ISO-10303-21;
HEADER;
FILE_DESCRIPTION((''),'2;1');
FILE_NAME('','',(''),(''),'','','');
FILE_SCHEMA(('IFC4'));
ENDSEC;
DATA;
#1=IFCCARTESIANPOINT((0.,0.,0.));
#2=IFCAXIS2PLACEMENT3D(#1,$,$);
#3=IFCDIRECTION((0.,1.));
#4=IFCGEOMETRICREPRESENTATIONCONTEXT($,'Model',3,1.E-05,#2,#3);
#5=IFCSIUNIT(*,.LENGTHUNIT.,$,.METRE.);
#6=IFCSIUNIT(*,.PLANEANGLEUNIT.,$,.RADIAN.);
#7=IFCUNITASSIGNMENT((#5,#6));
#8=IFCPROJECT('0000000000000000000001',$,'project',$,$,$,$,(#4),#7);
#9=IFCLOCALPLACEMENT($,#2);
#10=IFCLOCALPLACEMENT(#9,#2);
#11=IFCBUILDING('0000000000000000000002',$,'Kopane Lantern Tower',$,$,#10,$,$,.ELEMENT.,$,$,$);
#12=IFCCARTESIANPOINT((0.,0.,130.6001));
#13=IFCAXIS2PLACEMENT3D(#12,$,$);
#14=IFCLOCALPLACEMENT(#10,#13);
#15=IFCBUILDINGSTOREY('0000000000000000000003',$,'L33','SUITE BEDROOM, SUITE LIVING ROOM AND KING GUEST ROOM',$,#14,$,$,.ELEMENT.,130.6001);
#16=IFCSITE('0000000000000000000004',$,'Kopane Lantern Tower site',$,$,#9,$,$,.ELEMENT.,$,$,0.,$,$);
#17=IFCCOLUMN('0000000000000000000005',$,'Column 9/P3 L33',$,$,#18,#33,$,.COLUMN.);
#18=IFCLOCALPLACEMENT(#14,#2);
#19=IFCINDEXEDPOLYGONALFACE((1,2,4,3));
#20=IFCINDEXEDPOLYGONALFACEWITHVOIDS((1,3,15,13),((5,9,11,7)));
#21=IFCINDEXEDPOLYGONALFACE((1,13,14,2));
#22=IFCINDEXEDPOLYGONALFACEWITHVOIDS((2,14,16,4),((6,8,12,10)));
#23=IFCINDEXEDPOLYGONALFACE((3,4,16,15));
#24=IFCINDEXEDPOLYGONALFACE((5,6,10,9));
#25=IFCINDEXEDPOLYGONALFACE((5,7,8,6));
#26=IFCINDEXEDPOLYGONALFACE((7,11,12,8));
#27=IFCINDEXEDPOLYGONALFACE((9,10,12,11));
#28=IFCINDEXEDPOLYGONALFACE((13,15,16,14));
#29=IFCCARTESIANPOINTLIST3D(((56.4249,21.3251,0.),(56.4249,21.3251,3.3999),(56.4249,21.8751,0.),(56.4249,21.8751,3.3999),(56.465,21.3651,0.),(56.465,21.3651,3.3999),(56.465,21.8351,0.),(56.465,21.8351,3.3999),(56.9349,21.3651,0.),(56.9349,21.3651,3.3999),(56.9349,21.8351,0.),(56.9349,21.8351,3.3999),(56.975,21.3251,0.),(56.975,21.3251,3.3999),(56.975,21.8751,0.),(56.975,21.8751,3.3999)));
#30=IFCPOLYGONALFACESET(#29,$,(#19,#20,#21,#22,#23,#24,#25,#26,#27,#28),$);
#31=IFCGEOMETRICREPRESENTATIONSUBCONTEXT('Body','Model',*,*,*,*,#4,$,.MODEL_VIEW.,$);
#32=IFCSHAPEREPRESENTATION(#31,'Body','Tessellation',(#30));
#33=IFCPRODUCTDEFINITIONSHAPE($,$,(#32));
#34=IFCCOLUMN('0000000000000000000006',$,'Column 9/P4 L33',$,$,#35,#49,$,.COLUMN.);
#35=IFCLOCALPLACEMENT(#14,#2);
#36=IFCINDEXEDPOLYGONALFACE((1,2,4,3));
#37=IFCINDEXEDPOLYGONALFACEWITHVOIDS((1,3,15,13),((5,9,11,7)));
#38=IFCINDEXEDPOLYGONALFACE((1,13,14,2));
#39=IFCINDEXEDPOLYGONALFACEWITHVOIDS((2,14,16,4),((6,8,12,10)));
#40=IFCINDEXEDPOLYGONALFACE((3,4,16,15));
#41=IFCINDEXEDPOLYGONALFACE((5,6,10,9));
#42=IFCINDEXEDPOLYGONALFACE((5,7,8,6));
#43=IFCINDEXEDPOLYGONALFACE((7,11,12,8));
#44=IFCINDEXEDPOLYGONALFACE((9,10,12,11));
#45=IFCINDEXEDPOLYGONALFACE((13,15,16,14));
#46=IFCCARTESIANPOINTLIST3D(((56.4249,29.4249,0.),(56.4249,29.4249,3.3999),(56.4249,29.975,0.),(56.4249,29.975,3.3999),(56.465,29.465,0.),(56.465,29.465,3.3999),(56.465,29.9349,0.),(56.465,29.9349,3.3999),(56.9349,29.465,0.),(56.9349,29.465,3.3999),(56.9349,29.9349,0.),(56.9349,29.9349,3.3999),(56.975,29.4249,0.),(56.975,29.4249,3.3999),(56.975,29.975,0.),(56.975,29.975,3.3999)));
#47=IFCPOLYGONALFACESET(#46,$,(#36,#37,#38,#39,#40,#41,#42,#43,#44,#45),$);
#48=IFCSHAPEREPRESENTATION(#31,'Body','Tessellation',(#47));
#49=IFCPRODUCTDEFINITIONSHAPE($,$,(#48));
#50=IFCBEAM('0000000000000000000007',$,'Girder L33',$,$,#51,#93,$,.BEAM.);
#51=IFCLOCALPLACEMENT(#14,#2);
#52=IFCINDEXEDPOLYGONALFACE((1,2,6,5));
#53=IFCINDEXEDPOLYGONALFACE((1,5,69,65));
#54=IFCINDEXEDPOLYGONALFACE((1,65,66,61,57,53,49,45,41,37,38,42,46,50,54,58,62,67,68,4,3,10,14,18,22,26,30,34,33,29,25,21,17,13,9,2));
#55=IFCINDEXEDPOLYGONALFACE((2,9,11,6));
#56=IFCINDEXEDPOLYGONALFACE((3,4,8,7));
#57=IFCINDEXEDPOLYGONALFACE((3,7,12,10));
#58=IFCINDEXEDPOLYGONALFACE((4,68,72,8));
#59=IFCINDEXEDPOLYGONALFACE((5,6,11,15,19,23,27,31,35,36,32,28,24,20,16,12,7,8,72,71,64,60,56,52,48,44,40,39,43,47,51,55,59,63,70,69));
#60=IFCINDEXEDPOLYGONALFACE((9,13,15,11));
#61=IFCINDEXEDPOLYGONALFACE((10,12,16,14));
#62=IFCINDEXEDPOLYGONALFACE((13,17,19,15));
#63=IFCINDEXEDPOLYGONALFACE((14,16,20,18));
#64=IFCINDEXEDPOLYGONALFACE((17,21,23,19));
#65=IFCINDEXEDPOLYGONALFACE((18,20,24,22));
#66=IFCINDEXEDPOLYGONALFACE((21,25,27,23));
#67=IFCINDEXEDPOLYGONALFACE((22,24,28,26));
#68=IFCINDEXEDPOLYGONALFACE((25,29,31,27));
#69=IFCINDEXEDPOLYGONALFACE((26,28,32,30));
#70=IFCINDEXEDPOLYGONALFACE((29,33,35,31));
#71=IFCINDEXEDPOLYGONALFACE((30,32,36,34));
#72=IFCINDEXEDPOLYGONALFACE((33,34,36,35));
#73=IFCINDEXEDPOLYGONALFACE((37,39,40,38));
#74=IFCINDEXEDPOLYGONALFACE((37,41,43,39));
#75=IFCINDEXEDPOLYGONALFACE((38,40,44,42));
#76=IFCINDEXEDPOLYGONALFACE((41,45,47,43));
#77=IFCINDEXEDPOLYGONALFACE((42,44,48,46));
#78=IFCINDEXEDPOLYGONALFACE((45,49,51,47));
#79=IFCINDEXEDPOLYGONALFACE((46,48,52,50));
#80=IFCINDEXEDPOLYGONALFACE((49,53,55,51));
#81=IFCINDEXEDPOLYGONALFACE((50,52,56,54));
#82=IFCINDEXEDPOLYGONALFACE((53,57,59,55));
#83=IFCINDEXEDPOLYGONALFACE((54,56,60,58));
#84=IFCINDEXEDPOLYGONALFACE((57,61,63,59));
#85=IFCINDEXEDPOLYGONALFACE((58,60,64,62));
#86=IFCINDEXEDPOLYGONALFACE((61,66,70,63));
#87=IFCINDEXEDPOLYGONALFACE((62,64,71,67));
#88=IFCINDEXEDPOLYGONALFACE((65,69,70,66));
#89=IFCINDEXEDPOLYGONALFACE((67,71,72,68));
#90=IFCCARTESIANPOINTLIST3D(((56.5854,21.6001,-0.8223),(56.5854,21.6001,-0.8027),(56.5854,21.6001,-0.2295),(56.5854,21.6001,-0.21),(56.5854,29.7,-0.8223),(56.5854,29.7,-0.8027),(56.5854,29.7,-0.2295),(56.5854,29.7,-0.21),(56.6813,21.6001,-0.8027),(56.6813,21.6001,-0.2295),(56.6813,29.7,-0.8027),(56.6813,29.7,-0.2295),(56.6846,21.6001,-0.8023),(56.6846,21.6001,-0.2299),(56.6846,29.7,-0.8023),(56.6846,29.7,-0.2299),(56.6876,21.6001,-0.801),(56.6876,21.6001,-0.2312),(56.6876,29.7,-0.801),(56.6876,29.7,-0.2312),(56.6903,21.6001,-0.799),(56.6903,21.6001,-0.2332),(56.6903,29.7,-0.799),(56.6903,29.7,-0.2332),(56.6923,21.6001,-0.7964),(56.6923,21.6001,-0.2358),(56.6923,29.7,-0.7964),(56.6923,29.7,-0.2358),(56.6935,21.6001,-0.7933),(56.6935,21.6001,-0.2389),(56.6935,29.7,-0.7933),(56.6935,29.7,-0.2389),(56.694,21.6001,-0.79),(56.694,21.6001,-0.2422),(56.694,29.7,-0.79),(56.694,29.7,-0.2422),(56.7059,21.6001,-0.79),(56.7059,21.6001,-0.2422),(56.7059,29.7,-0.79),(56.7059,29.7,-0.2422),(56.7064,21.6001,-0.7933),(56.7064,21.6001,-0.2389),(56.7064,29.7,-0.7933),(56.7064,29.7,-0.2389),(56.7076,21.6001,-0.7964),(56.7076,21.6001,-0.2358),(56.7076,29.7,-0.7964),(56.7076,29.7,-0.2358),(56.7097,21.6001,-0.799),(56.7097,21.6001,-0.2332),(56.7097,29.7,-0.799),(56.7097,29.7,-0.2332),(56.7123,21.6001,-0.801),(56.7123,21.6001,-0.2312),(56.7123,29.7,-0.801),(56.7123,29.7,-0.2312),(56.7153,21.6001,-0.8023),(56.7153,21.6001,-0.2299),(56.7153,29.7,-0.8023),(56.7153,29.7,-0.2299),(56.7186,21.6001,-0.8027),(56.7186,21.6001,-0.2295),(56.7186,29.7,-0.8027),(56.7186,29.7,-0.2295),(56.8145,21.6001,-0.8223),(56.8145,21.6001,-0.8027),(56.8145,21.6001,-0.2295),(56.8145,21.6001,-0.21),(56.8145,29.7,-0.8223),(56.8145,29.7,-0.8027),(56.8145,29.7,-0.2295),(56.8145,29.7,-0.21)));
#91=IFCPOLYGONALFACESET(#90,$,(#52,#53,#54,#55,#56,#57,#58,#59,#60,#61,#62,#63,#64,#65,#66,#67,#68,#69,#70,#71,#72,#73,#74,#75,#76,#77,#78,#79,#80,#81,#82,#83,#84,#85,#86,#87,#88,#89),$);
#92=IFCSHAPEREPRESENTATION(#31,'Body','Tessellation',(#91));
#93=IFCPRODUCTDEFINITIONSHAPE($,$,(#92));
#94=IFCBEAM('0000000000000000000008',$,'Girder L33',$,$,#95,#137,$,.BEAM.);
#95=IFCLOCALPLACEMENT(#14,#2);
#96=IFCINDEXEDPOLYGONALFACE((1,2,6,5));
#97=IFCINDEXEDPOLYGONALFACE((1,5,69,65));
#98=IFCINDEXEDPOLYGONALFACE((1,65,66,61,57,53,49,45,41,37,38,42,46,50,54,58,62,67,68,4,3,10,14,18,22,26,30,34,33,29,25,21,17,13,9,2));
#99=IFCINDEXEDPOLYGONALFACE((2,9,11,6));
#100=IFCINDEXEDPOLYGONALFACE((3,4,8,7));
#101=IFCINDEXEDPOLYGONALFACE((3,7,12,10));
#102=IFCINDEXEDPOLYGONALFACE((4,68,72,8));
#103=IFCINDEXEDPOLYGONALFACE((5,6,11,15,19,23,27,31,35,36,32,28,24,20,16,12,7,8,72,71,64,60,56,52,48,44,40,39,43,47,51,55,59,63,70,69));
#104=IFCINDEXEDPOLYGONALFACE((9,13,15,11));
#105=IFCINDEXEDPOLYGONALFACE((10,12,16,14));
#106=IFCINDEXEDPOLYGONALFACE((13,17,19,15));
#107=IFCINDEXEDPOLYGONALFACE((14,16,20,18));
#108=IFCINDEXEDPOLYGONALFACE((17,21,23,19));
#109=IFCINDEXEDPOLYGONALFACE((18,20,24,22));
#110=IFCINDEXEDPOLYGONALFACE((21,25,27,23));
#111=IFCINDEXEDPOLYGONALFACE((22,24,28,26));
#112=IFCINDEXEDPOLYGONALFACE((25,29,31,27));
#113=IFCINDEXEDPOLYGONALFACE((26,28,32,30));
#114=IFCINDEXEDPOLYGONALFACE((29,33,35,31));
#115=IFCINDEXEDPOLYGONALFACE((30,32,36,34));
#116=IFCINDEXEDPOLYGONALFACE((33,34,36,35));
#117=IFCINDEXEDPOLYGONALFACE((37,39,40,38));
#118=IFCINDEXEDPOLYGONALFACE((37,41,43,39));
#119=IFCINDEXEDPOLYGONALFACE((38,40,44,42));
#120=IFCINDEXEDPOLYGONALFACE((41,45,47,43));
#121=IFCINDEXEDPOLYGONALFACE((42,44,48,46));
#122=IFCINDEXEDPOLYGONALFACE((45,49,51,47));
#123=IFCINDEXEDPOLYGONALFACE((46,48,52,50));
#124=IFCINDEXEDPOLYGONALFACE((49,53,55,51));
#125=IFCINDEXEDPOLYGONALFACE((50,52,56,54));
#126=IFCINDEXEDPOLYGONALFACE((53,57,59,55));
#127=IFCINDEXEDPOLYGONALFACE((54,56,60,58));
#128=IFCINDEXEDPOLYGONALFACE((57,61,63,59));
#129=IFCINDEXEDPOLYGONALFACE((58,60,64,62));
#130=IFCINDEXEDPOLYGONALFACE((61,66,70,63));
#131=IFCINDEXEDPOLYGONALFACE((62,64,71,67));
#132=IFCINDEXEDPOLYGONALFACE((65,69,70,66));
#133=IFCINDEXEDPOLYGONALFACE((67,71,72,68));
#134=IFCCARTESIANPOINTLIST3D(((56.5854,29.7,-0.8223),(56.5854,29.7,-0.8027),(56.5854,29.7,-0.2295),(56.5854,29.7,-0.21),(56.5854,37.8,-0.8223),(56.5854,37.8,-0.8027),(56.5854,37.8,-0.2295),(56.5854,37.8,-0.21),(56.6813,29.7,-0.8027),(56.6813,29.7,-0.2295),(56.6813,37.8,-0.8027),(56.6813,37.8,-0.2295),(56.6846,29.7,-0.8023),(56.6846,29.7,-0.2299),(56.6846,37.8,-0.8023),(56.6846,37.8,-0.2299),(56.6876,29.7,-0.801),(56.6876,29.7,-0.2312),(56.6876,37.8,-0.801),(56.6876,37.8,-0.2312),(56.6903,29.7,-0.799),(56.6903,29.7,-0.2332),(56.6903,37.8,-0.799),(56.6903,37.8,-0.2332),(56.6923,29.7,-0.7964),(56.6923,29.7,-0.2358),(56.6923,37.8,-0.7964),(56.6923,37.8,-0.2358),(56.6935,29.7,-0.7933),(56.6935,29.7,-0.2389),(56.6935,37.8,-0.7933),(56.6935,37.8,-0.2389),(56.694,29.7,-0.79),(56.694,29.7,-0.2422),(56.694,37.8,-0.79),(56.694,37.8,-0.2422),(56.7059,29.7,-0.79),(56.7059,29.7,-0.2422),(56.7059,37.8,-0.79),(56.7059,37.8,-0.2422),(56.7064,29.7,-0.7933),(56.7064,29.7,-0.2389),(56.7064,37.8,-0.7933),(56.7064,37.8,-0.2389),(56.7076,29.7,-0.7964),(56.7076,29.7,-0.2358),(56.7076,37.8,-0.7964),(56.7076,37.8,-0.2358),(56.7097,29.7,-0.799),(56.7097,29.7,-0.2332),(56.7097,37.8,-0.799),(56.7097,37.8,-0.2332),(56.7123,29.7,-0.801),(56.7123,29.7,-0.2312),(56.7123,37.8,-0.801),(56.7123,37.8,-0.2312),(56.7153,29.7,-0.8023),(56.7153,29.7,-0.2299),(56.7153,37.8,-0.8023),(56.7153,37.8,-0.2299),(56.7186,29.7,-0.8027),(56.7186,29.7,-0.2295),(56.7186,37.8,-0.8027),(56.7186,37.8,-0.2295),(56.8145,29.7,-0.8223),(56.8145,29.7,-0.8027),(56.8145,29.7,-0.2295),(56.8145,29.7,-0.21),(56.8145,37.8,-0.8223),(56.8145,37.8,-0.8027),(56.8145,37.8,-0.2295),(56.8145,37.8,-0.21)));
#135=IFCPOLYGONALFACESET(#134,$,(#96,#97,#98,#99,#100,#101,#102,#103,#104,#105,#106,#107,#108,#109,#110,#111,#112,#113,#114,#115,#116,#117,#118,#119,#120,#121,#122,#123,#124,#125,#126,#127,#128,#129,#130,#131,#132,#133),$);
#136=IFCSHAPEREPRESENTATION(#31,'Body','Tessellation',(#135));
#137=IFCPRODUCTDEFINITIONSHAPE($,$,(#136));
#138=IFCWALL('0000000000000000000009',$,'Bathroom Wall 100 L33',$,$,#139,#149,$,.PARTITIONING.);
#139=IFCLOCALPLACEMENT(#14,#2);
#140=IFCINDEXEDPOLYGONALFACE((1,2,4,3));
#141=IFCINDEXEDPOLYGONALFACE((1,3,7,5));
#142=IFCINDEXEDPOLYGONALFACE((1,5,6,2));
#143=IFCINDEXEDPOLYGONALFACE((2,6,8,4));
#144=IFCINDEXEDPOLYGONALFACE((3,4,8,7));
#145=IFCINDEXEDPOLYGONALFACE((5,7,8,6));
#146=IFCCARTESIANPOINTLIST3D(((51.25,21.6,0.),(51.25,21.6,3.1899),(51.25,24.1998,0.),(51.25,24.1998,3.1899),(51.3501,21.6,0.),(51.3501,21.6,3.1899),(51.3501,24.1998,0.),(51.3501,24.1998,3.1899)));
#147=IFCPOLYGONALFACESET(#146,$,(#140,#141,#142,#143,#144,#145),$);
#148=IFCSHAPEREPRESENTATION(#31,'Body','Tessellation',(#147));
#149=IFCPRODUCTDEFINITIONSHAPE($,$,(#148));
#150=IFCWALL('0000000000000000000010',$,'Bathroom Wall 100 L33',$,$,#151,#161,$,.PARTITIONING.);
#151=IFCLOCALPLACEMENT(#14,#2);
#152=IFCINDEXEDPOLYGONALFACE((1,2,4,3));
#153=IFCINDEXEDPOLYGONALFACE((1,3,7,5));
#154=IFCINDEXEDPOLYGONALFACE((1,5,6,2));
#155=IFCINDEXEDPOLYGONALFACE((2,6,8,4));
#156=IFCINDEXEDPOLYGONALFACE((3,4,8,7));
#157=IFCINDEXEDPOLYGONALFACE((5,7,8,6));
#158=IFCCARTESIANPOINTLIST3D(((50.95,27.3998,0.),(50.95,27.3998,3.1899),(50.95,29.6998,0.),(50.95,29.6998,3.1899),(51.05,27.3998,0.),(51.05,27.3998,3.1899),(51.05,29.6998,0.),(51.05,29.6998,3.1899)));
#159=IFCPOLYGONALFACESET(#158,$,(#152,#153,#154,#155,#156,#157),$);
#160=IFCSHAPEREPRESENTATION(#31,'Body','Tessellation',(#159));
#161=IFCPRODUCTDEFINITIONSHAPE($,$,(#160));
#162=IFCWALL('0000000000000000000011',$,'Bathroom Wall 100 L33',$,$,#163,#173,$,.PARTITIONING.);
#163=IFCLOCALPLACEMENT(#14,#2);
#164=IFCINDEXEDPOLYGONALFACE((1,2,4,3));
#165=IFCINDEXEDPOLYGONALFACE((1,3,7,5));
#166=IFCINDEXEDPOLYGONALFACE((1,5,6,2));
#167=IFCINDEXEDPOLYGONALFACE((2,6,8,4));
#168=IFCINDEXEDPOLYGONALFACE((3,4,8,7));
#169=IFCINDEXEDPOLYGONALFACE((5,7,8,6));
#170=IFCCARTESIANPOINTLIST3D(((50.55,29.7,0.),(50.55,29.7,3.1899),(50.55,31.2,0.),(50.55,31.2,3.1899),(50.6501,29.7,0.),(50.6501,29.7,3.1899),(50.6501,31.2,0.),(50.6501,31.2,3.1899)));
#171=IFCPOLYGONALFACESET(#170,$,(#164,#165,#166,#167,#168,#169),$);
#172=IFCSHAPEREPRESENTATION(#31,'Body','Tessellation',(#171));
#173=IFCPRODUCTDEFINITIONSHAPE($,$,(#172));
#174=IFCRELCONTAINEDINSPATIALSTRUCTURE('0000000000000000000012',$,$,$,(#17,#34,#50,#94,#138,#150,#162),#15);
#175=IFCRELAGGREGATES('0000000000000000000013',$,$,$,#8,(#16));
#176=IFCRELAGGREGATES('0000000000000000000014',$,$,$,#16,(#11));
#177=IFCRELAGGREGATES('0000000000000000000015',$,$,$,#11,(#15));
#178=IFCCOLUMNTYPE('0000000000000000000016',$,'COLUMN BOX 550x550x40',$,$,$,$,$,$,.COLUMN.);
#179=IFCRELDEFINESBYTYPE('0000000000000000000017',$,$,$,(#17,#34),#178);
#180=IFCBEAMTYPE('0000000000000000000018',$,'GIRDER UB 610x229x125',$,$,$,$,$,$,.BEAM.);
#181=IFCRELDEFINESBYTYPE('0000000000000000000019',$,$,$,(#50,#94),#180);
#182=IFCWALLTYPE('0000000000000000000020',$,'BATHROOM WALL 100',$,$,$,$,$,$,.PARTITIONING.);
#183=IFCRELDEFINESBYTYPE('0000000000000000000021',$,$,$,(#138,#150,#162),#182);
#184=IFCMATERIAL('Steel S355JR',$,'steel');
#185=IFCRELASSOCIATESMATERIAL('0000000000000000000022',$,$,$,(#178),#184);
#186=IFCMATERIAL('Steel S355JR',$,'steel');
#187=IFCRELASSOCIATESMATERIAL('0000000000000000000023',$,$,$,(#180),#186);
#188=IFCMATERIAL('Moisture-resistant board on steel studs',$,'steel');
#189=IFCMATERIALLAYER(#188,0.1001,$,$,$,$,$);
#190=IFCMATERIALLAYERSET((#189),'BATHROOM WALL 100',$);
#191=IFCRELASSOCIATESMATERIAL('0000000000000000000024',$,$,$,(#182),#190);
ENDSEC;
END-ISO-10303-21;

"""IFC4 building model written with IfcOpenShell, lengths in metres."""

from ifc_helpers import new_model, si_unit, direction, frame, frame_2d, origin, origin_2d, place, context, subcontext, project, spatial, rectangle, hollow_rectangle, i_section, extrude, material, layer, layer_set, material_profile, profile_set, type_object, element, save


model = new_model("IFC4")

# Units and contexts
model_context = context("Model", 3, precision=1e-05, world=origin(), true_north=direction((0.0, 1.0)))
body_context = subcontext(model_context, "Body", "Model", "MODEL_VIEW")
ifc_project = project(units=[si_unit("LENGTHUNIT", "METRE"), si_unit("PLANEANGLEUNIT", "RADIAN")], contexts=[model_context])

# Site, building, storey
site_placement = place(None, origin())
site = spatial("IfcSite", under=ifc_project, at=site_placement, Name="Kopane Lantern Tower site", CompositionType="ELEMENT", RefElevation=0.0)
building_placement = place(site_placement, origin())
building = spatial("IfcBuilding", under=site, at=building_placement, Name="Kopane Lantern Tower", CompositionType="ELEMENT")
storey_placement = place(building_placement, frame((0.0, 0.0, 130.6001)))
storey = spatial("IfcBuildingStorey", under=building, at=storey_placement, Name="L33", Description="SUITE BEDROOM, SUITE LIVING ROOM AND KING GUEST ROOM", CompositionType="ELEMENT", Elevation=130.6001)

# Columns
ifc_material_1 = material(Name="Steel S355JR", Category="steel")
ifc_material_profile_1 = material_profile(ifc_material_1, hollow_rectangle(XDim=0.55, YDim=0.55, WallThickness=0.04, at=origin_2d()), Name="BOX 550x550x40")
ifc_profile_set_1 = profile_set([ifc_material_profile_1], Name="Steel S355JR")
column_type = type_object("IfcColumnType", Name="COLUMN BOX 550x550x40", PredefinedType="COLUMN", material=ifc_profile_set_1)
for number, where, z_axis, x_axis, name in (
    (1, (56.7, 21.6001, 0.0), (0.0, 0.0, 1.0), (1.0, 0.0, 0.0), "Column 9/P3 L33"),
    (2, (56.7, 29.7, 0.0), (0.0, 0.0, 1.0), (1.0, 0.0, 0.0), "Column 9/P4 L33"),
):
    element("IfcColumn", number, at=place(storey_placement, frame(where, z_axis=z_axis, x_axis=x_axis)), inside=storey, type_object=column_type, Name=name, PredefinedType="COLUMN", context=body_context, shape_type="SweptSolid", body=[
        extrude(hollow_rectangle(XDim=0.55, YDim=0.55, WallThickness=0.04, at=origin_2d()), origin(), (0.0, 0.0, 1.0), 3.3999),
    ])

# Beams
ifc_material_2 = material(Name="Steel S355JR", Category="steel")
ifc_material_profile_2 = material_profile(ifc_material_2, i_section(OverallWidth=0.229, OverallDepth=0.6123, WebThickness=0.012, FlangeThickness=0.0195, FilletRadius=0.0127, at=origin_2d()), Name="UB 610x229x125")
ifc_profile_set_2 = profile_set([ifc_material_profile_2], Name="Steel S355JR")
beam_type = type_object("IfcBeamType", Name="GIRDER UB 610x229x125", PredefinedType="BEAM", material=ifc_profile_set_2)
beam_1_placement = place(storey_placement, frame((56.7, 21.6001, -0.5161), z_axis=(0.0, 1.0, 0.0), x_axis=(-1.0, 0.0, 0.0)))
element("IfcBeam", 3, at=beam_1_placement, inside=storey, type_object=beam_type, Name="Girder L33", PredefinedType="BEAM", context=body_context, shape_type="SweptSolid", body=[
    extrude(i_section(OverallWidth=0.229, OverallDepth=0.6123, WebThickness=0.012, FlangeThickness=0.0195, FilletRadius=0.0127, at=origin_2d()), origin(), (0.0, 0.0, 1.0), 8.0999),
])
beam_2_placement = place(storey_placement, frame((56.7, 29.7, -0.5161), z_axis=(0.0, 1.0, 0.0), x_axis=(-1.0, 0.0, 0.0)))
element("IfcBeam", 4, at=beam_2_placement, inside=storey, type_object=beam_type, Name="Girder L33", PredefinedType="BEAM", context=body_context, shape_type="SweptSolid", body=[
    extrude(i_section(OverallWidth=0.229, OverallDepth=0.6123, WebThickness=0.012, FlangeThickness=0.0195, FilletRadius=0.0127, at=origin_2d()), origin(), (0.0, 0.0, 1.0), 8.1001),
])

# Walls
ifc_material_3 = material(Name="Moisture-resistant board on steel studs", Category="steel")
ifc_layer_1 = layer(ifc_material_3, 0.1001)
ifc_layer_set_1 = layer_set([ifc_layer_1], Name="BATHROOM WALL 100")
wall_type_1 = type_object("IfcWallType", Name="BATHROOM WALL 100", PredefinedType="PARTITIONING", material=ifc_layer_set_1)
wall_1_placement = place(storey_placement, frame((51.3, 21.6001, 0.0), z_axis=(0.0, 0.0, 1.0), x_axis=(0.0, 1.0, 0.0)))
element("IfcWall", 5, at=wall_1_placement, inside=storey, type_object=wall_type_1, Name="Bathroom Wall 100 L33", PredefinedType="PARTITIONING", context=body_context, shape_type="SweptSolid", body=[
    extrude(rectangle(XDim=2.5999, YDim=0.1001, at=frame_2d((1.2998, 0.0))), origin(), (0.0, 0.0, 1.0), 3.1899),
])
wall_2_placement = place(storey_placement, frame((51.0, 27.3999, 0.0), z_axis=(0.0, 0.0, 1.0), x_axis=(0.0, 1.0, 0.0)))
element("IfcWall", 6, at=wall_2_placement, inside=storey, type_object=wall_type_1, Name="Bathroom Wall 100 L33", PredefinedType="PARTITIONING", context=body_context, shape_type="SweptSolid", body=[
    extrude(rectangle(XDim=2.3, YDim=0.1001, at=frame_2d((1.1499, 0.0))), origin(), (0.0, 0.0, 1.0), 3.1899),
])
wall_3_placement = place(storey_placement, frame((50.6001, 29.7, 0.0), z_axis=(0.0, 0.0, 1.0), x_axis=(0.0, 1.0, 0.0)))
element("IfcWall", 7, at=wall_3_placement, inside=storey, type_object=wall_type_1, Name="Bathroom Wall 100 L33", PredefinedType="PARTITIONING", context=body_context, shape_type="SweptSolid", body=[
    extrude(rectangle(XDim=1.5, YDim=0.1001, at=frame_2d((0.75, 0.0))), origin(), (0.0, 0.0, 1.0), 3.1899),
])

save(model, "model.ifc")
